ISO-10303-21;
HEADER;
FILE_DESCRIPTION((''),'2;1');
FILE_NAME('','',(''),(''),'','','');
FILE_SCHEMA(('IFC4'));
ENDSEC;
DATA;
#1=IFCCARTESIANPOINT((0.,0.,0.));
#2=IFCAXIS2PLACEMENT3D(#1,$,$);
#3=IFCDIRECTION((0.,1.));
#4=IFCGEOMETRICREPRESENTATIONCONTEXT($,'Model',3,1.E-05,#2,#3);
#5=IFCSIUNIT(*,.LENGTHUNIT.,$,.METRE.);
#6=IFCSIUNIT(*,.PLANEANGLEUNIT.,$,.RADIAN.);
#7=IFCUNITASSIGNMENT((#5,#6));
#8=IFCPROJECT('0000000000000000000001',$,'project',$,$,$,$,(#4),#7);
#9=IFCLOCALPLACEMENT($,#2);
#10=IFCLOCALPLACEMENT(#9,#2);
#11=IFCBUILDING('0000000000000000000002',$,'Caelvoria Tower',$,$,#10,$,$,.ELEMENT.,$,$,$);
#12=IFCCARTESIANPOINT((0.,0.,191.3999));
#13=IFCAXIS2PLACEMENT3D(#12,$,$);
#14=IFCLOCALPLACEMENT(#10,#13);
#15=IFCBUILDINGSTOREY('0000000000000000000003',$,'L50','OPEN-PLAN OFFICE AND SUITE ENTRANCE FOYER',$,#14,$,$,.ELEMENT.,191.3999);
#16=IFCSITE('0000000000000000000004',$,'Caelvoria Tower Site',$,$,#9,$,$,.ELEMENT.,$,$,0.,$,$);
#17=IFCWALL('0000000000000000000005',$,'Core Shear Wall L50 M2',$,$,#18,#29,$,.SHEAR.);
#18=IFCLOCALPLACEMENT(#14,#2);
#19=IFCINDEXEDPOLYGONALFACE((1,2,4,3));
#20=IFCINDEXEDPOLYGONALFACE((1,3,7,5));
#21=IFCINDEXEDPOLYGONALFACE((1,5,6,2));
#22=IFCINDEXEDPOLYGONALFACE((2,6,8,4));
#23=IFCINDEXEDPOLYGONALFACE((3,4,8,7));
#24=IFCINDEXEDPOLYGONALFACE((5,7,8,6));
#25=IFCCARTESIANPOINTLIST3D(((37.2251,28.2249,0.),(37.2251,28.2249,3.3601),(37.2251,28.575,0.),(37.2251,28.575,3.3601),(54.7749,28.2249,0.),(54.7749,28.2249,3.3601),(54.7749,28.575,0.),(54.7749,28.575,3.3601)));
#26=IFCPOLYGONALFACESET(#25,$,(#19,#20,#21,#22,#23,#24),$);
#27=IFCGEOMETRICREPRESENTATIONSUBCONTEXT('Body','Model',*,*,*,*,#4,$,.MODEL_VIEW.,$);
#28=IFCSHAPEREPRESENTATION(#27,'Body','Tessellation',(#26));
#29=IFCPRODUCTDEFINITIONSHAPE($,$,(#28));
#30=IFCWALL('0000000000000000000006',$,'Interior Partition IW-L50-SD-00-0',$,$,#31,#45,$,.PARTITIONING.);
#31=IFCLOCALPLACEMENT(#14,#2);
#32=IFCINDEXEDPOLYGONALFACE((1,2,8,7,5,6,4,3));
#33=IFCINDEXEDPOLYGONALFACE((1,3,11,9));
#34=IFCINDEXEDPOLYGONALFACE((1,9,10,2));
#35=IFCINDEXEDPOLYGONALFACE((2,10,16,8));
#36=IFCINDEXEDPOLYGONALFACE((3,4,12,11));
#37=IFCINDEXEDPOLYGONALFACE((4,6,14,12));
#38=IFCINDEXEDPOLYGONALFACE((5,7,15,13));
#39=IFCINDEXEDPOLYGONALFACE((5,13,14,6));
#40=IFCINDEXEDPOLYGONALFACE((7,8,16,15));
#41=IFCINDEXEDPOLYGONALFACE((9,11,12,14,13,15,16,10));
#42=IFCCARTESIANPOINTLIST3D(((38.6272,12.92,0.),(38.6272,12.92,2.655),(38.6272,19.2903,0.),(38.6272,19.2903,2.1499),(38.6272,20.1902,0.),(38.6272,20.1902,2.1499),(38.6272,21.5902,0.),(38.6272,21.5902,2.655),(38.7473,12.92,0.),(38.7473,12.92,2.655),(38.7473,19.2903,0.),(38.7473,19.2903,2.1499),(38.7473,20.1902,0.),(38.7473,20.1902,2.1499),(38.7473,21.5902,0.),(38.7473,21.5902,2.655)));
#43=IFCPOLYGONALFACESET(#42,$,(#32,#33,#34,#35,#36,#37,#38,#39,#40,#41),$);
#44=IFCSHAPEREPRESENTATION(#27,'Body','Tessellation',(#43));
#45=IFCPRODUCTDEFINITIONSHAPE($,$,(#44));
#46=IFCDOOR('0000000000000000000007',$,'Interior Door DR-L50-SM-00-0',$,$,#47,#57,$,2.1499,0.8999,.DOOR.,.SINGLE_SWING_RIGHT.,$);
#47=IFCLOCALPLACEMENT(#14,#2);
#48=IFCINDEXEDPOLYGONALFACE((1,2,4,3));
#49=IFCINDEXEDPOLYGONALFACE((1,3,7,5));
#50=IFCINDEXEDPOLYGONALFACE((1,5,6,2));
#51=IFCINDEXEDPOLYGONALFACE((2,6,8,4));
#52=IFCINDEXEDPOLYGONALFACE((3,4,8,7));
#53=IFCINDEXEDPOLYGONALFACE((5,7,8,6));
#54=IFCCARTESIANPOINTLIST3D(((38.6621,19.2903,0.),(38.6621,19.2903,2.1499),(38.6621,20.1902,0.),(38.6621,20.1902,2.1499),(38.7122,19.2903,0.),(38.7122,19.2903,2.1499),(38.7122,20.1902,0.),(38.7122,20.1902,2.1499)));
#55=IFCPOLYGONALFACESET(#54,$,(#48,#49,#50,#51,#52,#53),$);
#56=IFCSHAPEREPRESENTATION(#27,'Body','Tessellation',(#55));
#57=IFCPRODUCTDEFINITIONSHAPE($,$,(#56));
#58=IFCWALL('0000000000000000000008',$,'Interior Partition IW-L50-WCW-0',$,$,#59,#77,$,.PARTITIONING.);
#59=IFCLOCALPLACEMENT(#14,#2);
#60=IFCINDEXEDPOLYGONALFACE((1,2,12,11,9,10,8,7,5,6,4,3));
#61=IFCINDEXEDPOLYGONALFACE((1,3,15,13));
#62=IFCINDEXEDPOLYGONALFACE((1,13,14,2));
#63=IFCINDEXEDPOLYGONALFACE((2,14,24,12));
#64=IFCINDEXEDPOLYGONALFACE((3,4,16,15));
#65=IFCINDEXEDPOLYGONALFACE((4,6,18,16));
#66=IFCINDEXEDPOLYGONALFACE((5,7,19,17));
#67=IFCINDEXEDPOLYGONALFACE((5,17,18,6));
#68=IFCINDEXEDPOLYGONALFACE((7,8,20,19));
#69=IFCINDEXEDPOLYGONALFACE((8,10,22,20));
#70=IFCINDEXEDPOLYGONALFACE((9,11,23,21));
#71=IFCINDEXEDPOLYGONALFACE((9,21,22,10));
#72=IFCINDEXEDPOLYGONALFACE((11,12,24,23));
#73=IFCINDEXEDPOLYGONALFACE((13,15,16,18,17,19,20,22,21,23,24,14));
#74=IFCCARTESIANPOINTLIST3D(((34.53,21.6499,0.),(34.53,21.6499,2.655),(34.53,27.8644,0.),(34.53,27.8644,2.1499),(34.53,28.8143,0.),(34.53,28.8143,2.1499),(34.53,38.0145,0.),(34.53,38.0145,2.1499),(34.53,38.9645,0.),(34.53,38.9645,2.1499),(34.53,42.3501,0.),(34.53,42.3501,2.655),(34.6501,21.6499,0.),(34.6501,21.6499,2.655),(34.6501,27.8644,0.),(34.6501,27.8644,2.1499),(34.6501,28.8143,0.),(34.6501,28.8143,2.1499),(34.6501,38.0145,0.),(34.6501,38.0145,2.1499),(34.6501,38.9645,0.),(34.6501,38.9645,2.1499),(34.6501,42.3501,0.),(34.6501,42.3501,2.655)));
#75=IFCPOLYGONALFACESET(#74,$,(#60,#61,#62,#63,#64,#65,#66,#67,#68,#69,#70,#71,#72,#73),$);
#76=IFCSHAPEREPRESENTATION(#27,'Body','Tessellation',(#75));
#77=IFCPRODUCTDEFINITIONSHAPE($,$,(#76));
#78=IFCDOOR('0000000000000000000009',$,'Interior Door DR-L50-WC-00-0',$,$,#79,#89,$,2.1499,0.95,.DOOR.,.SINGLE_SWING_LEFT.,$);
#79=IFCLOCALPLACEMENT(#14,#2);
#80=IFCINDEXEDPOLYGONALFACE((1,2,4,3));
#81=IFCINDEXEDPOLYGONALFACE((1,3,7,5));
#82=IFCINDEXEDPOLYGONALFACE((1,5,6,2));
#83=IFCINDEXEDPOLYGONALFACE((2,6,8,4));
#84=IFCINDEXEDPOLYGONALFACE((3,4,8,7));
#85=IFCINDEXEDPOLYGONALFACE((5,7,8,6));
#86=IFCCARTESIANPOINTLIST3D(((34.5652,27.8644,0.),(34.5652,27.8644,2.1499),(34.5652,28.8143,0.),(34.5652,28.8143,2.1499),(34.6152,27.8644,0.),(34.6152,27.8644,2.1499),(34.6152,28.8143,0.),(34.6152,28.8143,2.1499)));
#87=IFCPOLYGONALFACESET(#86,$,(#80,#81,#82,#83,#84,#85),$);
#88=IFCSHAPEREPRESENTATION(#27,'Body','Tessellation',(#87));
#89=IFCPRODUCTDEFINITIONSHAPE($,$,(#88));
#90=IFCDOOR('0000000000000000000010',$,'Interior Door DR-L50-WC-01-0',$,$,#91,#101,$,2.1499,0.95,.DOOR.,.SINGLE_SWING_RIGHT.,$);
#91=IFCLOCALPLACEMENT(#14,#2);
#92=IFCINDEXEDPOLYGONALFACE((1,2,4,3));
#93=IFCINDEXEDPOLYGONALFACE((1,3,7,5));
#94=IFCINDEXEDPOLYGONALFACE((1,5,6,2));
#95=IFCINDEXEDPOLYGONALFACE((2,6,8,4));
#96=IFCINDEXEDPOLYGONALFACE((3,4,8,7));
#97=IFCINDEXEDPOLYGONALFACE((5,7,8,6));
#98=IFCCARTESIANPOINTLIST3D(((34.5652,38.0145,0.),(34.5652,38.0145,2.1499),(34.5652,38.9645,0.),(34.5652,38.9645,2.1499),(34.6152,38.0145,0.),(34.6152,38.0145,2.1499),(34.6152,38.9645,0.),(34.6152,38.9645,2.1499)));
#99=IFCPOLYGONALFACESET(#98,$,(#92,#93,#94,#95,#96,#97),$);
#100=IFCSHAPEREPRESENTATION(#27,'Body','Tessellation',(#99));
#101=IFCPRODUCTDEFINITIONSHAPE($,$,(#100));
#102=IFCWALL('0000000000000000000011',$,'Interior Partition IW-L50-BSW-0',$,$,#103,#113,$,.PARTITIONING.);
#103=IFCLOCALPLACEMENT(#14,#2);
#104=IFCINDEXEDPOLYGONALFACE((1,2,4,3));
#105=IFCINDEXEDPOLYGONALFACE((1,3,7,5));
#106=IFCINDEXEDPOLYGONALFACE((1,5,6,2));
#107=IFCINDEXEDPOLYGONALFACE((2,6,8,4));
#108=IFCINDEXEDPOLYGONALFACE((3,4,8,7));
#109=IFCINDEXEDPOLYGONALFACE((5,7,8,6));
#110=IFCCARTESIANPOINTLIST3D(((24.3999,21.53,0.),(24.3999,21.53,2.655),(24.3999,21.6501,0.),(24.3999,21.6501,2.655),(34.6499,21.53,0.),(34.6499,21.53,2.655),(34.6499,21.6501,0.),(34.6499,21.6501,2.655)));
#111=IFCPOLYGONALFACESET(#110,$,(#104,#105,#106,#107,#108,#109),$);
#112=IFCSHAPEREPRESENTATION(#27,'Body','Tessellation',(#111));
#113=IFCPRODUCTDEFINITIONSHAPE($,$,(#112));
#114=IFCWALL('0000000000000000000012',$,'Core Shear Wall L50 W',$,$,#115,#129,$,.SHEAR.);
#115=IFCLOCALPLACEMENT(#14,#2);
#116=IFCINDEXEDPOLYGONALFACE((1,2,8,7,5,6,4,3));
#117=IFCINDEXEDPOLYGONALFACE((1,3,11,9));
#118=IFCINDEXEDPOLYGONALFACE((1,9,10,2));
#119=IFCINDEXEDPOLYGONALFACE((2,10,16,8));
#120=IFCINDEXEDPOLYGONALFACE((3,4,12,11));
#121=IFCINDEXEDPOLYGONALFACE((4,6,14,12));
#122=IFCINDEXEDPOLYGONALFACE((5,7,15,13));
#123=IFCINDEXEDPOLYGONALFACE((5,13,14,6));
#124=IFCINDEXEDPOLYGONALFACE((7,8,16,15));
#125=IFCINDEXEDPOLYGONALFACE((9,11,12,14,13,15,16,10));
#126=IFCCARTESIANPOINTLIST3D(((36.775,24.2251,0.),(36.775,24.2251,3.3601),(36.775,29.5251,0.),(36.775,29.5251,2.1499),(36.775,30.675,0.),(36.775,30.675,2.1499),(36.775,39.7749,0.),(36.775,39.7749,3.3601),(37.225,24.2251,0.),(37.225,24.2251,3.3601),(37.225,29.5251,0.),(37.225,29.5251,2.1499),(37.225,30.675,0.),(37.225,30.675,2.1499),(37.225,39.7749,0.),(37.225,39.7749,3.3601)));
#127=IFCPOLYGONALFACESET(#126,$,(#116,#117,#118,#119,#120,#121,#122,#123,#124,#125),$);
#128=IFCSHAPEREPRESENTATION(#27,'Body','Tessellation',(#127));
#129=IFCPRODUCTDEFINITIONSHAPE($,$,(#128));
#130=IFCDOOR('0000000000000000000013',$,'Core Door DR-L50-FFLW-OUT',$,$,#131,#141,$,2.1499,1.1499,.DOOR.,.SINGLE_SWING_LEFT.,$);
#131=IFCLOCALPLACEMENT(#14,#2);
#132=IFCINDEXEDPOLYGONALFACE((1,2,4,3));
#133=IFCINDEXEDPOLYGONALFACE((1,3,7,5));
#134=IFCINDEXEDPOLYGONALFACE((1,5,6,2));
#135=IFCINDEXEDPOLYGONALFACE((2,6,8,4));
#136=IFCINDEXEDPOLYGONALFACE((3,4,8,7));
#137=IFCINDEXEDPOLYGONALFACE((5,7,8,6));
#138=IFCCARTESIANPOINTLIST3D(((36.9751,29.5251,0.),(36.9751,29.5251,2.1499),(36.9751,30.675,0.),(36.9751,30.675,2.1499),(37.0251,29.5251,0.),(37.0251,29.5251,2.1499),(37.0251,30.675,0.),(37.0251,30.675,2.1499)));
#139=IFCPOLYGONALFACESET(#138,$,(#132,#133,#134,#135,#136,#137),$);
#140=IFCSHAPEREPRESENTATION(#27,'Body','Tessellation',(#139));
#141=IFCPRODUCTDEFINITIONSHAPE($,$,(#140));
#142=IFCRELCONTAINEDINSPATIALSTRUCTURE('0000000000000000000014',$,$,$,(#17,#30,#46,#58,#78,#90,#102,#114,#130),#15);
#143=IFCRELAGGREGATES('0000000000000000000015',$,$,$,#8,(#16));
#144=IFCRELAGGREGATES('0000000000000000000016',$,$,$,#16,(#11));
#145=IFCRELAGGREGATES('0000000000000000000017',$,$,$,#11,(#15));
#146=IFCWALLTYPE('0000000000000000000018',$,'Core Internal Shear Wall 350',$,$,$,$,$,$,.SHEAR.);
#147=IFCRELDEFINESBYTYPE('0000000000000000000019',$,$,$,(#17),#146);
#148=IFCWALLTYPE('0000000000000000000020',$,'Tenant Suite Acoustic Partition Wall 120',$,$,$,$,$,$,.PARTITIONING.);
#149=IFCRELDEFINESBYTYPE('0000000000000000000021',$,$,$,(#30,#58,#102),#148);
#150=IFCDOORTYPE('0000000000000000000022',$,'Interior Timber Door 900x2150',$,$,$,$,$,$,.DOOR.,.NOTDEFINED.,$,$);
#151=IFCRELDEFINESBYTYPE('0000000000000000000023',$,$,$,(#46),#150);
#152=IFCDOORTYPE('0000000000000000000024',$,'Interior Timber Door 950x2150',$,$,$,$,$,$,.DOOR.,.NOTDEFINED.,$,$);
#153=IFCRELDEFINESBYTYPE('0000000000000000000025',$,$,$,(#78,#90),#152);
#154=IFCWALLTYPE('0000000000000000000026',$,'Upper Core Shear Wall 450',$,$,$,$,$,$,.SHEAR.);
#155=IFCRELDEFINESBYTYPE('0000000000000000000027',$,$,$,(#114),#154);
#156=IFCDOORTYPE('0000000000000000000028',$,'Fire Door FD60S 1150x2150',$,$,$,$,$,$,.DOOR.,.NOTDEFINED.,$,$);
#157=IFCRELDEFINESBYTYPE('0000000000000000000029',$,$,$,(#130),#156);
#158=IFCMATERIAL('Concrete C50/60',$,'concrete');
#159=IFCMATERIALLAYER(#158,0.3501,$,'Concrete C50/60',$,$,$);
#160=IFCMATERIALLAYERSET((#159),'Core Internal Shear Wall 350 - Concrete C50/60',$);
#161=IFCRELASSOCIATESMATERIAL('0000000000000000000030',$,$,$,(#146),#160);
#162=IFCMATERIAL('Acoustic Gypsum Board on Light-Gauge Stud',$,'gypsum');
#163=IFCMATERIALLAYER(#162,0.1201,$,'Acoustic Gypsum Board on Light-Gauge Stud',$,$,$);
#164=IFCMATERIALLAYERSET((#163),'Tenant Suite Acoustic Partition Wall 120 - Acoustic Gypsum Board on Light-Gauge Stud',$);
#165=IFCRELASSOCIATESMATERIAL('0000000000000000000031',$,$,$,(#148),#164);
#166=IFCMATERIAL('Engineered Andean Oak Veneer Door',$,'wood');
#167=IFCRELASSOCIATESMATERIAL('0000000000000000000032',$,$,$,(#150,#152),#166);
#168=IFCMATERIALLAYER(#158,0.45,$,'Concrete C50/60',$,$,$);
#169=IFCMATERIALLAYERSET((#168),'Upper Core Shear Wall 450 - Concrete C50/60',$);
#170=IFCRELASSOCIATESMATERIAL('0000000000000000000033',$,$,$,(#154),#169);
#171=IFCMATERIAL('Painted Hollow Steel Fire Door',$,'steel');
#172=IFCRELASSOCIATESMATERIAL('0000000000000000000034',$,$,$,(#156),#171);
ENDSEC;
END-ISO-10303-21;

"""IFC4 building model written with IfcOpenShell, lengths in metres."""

from ifc_helpers import new_model, si_unit, direction, frame, frame_2d, origin, place, context, subcontext, project, spatial, rectangle, extrude, material, layer, layer_set, type_object, element, fill, save


model = new_model("IFC4")

# Units and contexts
model_context = context("Model", 3, precision=1e-05, world=origin(), true_north=direction((0.0, 1.0)))
body_context = subcontext(model_context, "Body", "Model", "MODEL_VIEW")
ifc_project = project(units=[si_unit("LENGTHUNIT", "METRE"), si_unit("PLANEANGLEUNIT", "RADIAN")], contexts=[model_context])

# Site, building, storey
site_placement = place(None, origin())
site = spatial("IfcSite", under=ifc_project, at=site_placement, Name="Caelvoria Tower Site", CompositionType="ELEMENT", RefElevation=0.0)
building_placement = place(site_placement, origin())
building = spatial("IfcBuilding", under=site, at=building_placement, Name="Caelvoria Tower", CompositionType="ELEMENT")
storey_placement = place(building_placement, frame((0.0, 0.0, 191.3999)))
storey = spatial("IfcBuildingStorey", under=building, at=storey_placement, Name="L50", Description="OPEN-PLAN OFFICE AND SUITE ENTRANCE FOYER", CompositionType="ELEMENT", Elevation=191.3999)

# Shared definitions
ifc_material_1 = material(Name="Concrete C50/60", Category="concrete")
ifc_layer_1 = layer(ifc_material_1, 0.3501, Name="Concrete C50/60")
ifc_layer_set_1 = layer_set([ifc_layer_1], Name="Core Internal Shear Wall 350 - Concrete C50/60")
wall_type_1 = type_object("IfcWallType", Name="Core Internal Shear Wall 350", PredefinedType="SHEAR", material=ifc_layer_set_1)
ifc_material_2 = material(Name="Painted Hollow Steel Fire Door", Category="steel")

# Wall
wall_1_placement = place(storey_placement, frame((37.2251, 28.3999, 0.0), z_axis=(0.0, 0.0, 1.0), x_axis=(1.0, 0.0, 0.0)))
element("IfcWall", 1, at=wall_1_placement, inside=storey, type_object=wall_type_1, Name="Core Shear Wall L50 M2", PredefinedType="SHEAR", context=body_context, shape_type="SweptSolid", body=[
    extrude(rectangle(XDim=17.5498, YDim=0.3501, at=frame_2d((8.7749, 0.0))), origin(), (0.0, 0.0, 1.0), 3.3601),
])

# Wall, opening, door
ifc_material_3 = material(Name="Acoustic Gypsum Board on Light-Gauge Stud", Category="gypsum")
ifc_layer_2 = layer(ifc_material_3, 0.1201, Name="Acoustic Gypsum Board on Light-Gauge Stud")
ifc_layer_set_2 = layer_set([ifc_layer_2], Name="Tenant Suite Acoustic Partition Wall 120 - Acoustic Gypsum Board on Light-Gauge Stud")
wall_type_2 = type_object("IfcWallType", Name="Tenant Suite Acoustic Partition Wall 120", PredefinedType="PARTITIONING", material=ifc_layer_set_2)
wall_2_placement = place(storey_placement, frame((38.6873, 21.5901, 0.0), z_axis=(0.0, 0.0, 1.0), x_axis=(0.0, -1.0, 0.0)))
wall_2 = element("IfcWall", 2, at=wall_2_placement, inside=storey, type_object=wall_type_2, Name="Interior Partition IW-L50-SD-00-0", PredefinedType="PARTITIONING", context=body_context, shape_type="SweptSolid", body=[
    extrude(rectangle(XDim=8.6702, YDim=0.1201, at=frame_2d((4.335, 0.0))), origin(), (0.0, 0.0, 1.0), 2.655),
])
opening_1_placement = place(wall_2_placement, frame((1.3999, 0.0, 0.0)))
opening_1 = element("IfcOpeningElement", 3, at=opening_1_placement, cuts=wall_2, PredefinedType="OPENING", context=body_context, shape_type="SweptSolid", body=[
    extrude(rectangle(XDim=0.8999, YDim=2.1499, at=frame_2d((0.45, 1.075))), frame((0.0, 0.0701, 0.0), z_axis=(0.0, -1.0, 0.0), x_axis=(1.0, 0.0, 0.0)), (0.0, 0.0, 1.0), 0.1401),
])
ifc_material_4 = material(Name="Engineered Andean Oak Veneer Door", Category="wood")
door_type_1 = type_object("IfcDoorType", Name="Interior Timber Door 900x2150", OperationType="NOTDEFINED", PredefinedType="DOOR", material=ifc_material_4)
door_1_placement = place(opening_1_placement, origin())
door_1 = element("IfcDoor", 4, at=door_1_placement, inside=storey, type_object=door_type_1, Name="Interior Door DR-L50-SM-00-0", OperationType="SINGLE_SWING_RIGHT", OverallHeight=2.1499, OverallWidth=0.8999, PredefinedType="DOOR", context=body_context, shape_type="SweptSolid", body=[
    extrude(rectangle(XDim=0.8999, YDim=2.1499, at=frame_2d((0.45, 1.075))), frame((0.0, 0.0249, 0.0), z_axis=(0.0, -1.0, 0.0), x_axis=(1.0, 0.0, 0.0)), (0.0, 0.0, 1.0), 0.05),
])
fill(opening_1, door_1)

# Wall, openings, doors
wall_3_placement = place(storey_placement, frame((34.5901, 21.6499, 0.0), z_axis=(0.0, 0.0, 1.0), x_axis=(0.0, 1.0, 0.0)))
wall_3 = element("IfcWall", 5, at=wall_3_placement, inside=storey, type_object=wall_type_2, Name="Interior Partition IW-L50-WCW-0", PredefinedType="PARTITIONING", context=body_context, shape_type="SweptSolid", body=[
    extrude(rectangle(XDim=20.7002, YDim=0.1201, at=frame_2d((10.3501, 0.0))), origin(), (0.0, 0.0, 1.0), 2.655),
])
opening_2_placement = place(wall_3_placement, frame((6.2144, 0.0, 0.0)))
opening_2 = element("IfcOpeningElement", 6, at=opening_2_placement, cuts=wall_3, PredefinedType="OPENING", context=body_context, shape_type="SweptSolid", body=[
    extrude(rectangle(XDim=0.95, YDim=2.1499, at=frame_2d((0.4751, 1.075))), frame((0.0, 0.0701, 0.0), z_axis=(0.0, -1.0, 0.0), x_axis=(1.0, 0.0, 0.0)), (0.0, 0.0, 1.0), 0.1401),
])
opening_3_placement = place(wall_3_placement, frame((16.3645, 0.0, 0.0)))
opening_3 = element("IfcOpeningElement", 7, at=opening_3_placement, cuts=wall_3, PredefinedType="OPENING", context=body_context, shape_type="SweptSolid", body=[
    extrude(rectangle(XDim=0.95, YDim=2.1499, at=frame_2d((0.4751, 1.075))), frame((0.0, 0.0701, 0.0), z_axis=(0.0, -1.0, 0.0), x_axis=(1.0, 0.0, 0.0)), (0.0, 0.0, 1.0), 0.1401),
])
door_type_2 = type_object("IfcDoorType", Name="Interior Timber Door 950x2150", OperationType="NOTDEFINED", PredefinedType="DOOR", material=ifc_material_4)
door_2_placement = place(opening_2_placement, origin())
door_2 = element("IfcDoor", 8, at=door_2_placement, inside=storey, type_object=door_type_2, Name="Interior Door DR-L50-WC-00-0", OperationType="SINGLE_SWING_LEFT", OverallHeight=2.1499, OverallWidth=0.95, PredefinedType="DOOR", context=body_context, shape_type="SweptSolid", body=[
    extrude(rectangle(XDim=0.95, YDim=2.1499, at=frame_2d((0.4751, 1.075))), frame((0.0, 0.0249, 0.0), z_axis=(0.0, -1.0, 0.0), x_axis=(1.0, 0.0, 0.0)), (0.0, 0.0, 1.0), 0.05),
])
fill(opening_2, door_2)
door_3_placement = place(opening_3_placement, origin())
door_3 = element("IfcDoor", 9, at=door_3_placement, inside=storey, type_object=door_type_2, Name="Interior Door DR-L50-WC-01-0", OperationType="SINGLE_SWING_RIGHT", OverallHeight=2.1499, OverallWidth=0.95, PredefinedType="DOOR", context=body_context, shape_type="SweptSolid", body=[
    extrude(rectangle(XDim=0.95, YDim=2.1499, at=frame_2d((0.4751, 1.075))), frame((0.0, 0.0249, 0.0), z_axis=(0.0, -1.0, 0.0), x_axis=(1.0, 0.0, 0.0)), (0.0, 0.0, 1.0), 0.05),
])
fill(opening_3, door_3)

# Wall
wall_4_placement = place(storey_placement, frame((34.6499, 21.5901, 0.0), z_axis=(0.0, 0.0, 1.0), x_axis=(-1.0, 0.0, 0.0)))
element("IfcWall", 10, at=wall_4_placement, inside=storey, type_object=wall_type_2, Name="Interior Partition IW-L50-BSW-0", PredefinedType="PARTITIONING", context=body_context, shape_type="SweptSolid", body=[
    extrude(rectangle(XDim=10.25, YDim=0.1201, at=frame_2d((5.125, 0.0))), origin(), (0.0, 0.0, 1.0), 2.655),
])

# Wall, opening, door
ifc_layer_3 = layer(ifc_material_1, 0.45, Name="Concrete C50/60")
ifc_layer_set_3 = layer_set([ifc_layer_3], Name="Upper Core Shear Wall 450 - Concrete C50/60")
wall_type_3 = type_object("IfcWallType", Name="Upper Core Shear Wall 450", PredefinedType="SHEAR", material=ifc_layer_set_3)
wall_5_placement = place(storey_placement, frame((37.0, 24.2251, 0.0), z_axis=(0.0, 0.0, 1.0), x_axis=(0.0, 1.0, 0.0)))
wall_5 = element("IfcWall", 11, at=wall_5_placement, inside=storey, type_object=wall_type_3, Name="Core Shear Wall L50 W", PredefinedType="SHEAR", context=body_context, shape_type="SweptSolid", body=[
    extrude(rectangle(XDim=15.5498, YDim=0.45, at=frame_2d((7.7749, 0.0))), origin(), (0.0, 0.0, 1.0), 3.3601),
])
opening_4_placement = place(wall_5_placement, frame((5.3, 0.0, 0.0)))
opening_4 = element("IfcOpeningElement", 12, at=opening_4_placement, cuts=wall_5, PredefinedType="OPENING", context=body_context, shape_type="SweptSolid", body=[
    extrude(rectangle(XDim=1.1499, YDim=2.1499, at=frame_2d((0.575, 1.075))), frame((0.0, 0.2349, 0.0), z_axis=(0.0, -1.0, 0.0), x_axis=(1.0, 0.0, 0.0)), (0.0, 0.0, 1.0), 0.47),
])
door_type_3 = type_object("IfcDoorType", Name="Fire Door FD60S 1150x2150", OperationType="NOTDEFINED", PredefinedType="DOOR", material=ifc_material_2)
door_4_placement = place(opening_4_placement, origin())
door_4 = element("IfcDoor", 13, at=door_4_placement, inside=storey, type_object=door_type_3, Name="Core Door DR-L50-FFLW-OUT", OperationType="SINGLE_SWING_LEFT", OverallHeight=2.1499, OverallWidth=1.1499, PredefinedType="DOOR", context=body_context, shape_type="SweptSolid", body=[
    extrude(rectangle(XDim=1.1499, YDim=2.1499, at=frame_2d((0.575, 1.075))), frame((0.0, 0.0249, 0.0), z_axis=(0.0, -1.0, 0.0), x_axis=(1.0, 0.0, 0.0)), (0.0, 0.0, 1.0), 0.05),
])
fill(opening_4, door_4)

save(model, "model.ifc")
